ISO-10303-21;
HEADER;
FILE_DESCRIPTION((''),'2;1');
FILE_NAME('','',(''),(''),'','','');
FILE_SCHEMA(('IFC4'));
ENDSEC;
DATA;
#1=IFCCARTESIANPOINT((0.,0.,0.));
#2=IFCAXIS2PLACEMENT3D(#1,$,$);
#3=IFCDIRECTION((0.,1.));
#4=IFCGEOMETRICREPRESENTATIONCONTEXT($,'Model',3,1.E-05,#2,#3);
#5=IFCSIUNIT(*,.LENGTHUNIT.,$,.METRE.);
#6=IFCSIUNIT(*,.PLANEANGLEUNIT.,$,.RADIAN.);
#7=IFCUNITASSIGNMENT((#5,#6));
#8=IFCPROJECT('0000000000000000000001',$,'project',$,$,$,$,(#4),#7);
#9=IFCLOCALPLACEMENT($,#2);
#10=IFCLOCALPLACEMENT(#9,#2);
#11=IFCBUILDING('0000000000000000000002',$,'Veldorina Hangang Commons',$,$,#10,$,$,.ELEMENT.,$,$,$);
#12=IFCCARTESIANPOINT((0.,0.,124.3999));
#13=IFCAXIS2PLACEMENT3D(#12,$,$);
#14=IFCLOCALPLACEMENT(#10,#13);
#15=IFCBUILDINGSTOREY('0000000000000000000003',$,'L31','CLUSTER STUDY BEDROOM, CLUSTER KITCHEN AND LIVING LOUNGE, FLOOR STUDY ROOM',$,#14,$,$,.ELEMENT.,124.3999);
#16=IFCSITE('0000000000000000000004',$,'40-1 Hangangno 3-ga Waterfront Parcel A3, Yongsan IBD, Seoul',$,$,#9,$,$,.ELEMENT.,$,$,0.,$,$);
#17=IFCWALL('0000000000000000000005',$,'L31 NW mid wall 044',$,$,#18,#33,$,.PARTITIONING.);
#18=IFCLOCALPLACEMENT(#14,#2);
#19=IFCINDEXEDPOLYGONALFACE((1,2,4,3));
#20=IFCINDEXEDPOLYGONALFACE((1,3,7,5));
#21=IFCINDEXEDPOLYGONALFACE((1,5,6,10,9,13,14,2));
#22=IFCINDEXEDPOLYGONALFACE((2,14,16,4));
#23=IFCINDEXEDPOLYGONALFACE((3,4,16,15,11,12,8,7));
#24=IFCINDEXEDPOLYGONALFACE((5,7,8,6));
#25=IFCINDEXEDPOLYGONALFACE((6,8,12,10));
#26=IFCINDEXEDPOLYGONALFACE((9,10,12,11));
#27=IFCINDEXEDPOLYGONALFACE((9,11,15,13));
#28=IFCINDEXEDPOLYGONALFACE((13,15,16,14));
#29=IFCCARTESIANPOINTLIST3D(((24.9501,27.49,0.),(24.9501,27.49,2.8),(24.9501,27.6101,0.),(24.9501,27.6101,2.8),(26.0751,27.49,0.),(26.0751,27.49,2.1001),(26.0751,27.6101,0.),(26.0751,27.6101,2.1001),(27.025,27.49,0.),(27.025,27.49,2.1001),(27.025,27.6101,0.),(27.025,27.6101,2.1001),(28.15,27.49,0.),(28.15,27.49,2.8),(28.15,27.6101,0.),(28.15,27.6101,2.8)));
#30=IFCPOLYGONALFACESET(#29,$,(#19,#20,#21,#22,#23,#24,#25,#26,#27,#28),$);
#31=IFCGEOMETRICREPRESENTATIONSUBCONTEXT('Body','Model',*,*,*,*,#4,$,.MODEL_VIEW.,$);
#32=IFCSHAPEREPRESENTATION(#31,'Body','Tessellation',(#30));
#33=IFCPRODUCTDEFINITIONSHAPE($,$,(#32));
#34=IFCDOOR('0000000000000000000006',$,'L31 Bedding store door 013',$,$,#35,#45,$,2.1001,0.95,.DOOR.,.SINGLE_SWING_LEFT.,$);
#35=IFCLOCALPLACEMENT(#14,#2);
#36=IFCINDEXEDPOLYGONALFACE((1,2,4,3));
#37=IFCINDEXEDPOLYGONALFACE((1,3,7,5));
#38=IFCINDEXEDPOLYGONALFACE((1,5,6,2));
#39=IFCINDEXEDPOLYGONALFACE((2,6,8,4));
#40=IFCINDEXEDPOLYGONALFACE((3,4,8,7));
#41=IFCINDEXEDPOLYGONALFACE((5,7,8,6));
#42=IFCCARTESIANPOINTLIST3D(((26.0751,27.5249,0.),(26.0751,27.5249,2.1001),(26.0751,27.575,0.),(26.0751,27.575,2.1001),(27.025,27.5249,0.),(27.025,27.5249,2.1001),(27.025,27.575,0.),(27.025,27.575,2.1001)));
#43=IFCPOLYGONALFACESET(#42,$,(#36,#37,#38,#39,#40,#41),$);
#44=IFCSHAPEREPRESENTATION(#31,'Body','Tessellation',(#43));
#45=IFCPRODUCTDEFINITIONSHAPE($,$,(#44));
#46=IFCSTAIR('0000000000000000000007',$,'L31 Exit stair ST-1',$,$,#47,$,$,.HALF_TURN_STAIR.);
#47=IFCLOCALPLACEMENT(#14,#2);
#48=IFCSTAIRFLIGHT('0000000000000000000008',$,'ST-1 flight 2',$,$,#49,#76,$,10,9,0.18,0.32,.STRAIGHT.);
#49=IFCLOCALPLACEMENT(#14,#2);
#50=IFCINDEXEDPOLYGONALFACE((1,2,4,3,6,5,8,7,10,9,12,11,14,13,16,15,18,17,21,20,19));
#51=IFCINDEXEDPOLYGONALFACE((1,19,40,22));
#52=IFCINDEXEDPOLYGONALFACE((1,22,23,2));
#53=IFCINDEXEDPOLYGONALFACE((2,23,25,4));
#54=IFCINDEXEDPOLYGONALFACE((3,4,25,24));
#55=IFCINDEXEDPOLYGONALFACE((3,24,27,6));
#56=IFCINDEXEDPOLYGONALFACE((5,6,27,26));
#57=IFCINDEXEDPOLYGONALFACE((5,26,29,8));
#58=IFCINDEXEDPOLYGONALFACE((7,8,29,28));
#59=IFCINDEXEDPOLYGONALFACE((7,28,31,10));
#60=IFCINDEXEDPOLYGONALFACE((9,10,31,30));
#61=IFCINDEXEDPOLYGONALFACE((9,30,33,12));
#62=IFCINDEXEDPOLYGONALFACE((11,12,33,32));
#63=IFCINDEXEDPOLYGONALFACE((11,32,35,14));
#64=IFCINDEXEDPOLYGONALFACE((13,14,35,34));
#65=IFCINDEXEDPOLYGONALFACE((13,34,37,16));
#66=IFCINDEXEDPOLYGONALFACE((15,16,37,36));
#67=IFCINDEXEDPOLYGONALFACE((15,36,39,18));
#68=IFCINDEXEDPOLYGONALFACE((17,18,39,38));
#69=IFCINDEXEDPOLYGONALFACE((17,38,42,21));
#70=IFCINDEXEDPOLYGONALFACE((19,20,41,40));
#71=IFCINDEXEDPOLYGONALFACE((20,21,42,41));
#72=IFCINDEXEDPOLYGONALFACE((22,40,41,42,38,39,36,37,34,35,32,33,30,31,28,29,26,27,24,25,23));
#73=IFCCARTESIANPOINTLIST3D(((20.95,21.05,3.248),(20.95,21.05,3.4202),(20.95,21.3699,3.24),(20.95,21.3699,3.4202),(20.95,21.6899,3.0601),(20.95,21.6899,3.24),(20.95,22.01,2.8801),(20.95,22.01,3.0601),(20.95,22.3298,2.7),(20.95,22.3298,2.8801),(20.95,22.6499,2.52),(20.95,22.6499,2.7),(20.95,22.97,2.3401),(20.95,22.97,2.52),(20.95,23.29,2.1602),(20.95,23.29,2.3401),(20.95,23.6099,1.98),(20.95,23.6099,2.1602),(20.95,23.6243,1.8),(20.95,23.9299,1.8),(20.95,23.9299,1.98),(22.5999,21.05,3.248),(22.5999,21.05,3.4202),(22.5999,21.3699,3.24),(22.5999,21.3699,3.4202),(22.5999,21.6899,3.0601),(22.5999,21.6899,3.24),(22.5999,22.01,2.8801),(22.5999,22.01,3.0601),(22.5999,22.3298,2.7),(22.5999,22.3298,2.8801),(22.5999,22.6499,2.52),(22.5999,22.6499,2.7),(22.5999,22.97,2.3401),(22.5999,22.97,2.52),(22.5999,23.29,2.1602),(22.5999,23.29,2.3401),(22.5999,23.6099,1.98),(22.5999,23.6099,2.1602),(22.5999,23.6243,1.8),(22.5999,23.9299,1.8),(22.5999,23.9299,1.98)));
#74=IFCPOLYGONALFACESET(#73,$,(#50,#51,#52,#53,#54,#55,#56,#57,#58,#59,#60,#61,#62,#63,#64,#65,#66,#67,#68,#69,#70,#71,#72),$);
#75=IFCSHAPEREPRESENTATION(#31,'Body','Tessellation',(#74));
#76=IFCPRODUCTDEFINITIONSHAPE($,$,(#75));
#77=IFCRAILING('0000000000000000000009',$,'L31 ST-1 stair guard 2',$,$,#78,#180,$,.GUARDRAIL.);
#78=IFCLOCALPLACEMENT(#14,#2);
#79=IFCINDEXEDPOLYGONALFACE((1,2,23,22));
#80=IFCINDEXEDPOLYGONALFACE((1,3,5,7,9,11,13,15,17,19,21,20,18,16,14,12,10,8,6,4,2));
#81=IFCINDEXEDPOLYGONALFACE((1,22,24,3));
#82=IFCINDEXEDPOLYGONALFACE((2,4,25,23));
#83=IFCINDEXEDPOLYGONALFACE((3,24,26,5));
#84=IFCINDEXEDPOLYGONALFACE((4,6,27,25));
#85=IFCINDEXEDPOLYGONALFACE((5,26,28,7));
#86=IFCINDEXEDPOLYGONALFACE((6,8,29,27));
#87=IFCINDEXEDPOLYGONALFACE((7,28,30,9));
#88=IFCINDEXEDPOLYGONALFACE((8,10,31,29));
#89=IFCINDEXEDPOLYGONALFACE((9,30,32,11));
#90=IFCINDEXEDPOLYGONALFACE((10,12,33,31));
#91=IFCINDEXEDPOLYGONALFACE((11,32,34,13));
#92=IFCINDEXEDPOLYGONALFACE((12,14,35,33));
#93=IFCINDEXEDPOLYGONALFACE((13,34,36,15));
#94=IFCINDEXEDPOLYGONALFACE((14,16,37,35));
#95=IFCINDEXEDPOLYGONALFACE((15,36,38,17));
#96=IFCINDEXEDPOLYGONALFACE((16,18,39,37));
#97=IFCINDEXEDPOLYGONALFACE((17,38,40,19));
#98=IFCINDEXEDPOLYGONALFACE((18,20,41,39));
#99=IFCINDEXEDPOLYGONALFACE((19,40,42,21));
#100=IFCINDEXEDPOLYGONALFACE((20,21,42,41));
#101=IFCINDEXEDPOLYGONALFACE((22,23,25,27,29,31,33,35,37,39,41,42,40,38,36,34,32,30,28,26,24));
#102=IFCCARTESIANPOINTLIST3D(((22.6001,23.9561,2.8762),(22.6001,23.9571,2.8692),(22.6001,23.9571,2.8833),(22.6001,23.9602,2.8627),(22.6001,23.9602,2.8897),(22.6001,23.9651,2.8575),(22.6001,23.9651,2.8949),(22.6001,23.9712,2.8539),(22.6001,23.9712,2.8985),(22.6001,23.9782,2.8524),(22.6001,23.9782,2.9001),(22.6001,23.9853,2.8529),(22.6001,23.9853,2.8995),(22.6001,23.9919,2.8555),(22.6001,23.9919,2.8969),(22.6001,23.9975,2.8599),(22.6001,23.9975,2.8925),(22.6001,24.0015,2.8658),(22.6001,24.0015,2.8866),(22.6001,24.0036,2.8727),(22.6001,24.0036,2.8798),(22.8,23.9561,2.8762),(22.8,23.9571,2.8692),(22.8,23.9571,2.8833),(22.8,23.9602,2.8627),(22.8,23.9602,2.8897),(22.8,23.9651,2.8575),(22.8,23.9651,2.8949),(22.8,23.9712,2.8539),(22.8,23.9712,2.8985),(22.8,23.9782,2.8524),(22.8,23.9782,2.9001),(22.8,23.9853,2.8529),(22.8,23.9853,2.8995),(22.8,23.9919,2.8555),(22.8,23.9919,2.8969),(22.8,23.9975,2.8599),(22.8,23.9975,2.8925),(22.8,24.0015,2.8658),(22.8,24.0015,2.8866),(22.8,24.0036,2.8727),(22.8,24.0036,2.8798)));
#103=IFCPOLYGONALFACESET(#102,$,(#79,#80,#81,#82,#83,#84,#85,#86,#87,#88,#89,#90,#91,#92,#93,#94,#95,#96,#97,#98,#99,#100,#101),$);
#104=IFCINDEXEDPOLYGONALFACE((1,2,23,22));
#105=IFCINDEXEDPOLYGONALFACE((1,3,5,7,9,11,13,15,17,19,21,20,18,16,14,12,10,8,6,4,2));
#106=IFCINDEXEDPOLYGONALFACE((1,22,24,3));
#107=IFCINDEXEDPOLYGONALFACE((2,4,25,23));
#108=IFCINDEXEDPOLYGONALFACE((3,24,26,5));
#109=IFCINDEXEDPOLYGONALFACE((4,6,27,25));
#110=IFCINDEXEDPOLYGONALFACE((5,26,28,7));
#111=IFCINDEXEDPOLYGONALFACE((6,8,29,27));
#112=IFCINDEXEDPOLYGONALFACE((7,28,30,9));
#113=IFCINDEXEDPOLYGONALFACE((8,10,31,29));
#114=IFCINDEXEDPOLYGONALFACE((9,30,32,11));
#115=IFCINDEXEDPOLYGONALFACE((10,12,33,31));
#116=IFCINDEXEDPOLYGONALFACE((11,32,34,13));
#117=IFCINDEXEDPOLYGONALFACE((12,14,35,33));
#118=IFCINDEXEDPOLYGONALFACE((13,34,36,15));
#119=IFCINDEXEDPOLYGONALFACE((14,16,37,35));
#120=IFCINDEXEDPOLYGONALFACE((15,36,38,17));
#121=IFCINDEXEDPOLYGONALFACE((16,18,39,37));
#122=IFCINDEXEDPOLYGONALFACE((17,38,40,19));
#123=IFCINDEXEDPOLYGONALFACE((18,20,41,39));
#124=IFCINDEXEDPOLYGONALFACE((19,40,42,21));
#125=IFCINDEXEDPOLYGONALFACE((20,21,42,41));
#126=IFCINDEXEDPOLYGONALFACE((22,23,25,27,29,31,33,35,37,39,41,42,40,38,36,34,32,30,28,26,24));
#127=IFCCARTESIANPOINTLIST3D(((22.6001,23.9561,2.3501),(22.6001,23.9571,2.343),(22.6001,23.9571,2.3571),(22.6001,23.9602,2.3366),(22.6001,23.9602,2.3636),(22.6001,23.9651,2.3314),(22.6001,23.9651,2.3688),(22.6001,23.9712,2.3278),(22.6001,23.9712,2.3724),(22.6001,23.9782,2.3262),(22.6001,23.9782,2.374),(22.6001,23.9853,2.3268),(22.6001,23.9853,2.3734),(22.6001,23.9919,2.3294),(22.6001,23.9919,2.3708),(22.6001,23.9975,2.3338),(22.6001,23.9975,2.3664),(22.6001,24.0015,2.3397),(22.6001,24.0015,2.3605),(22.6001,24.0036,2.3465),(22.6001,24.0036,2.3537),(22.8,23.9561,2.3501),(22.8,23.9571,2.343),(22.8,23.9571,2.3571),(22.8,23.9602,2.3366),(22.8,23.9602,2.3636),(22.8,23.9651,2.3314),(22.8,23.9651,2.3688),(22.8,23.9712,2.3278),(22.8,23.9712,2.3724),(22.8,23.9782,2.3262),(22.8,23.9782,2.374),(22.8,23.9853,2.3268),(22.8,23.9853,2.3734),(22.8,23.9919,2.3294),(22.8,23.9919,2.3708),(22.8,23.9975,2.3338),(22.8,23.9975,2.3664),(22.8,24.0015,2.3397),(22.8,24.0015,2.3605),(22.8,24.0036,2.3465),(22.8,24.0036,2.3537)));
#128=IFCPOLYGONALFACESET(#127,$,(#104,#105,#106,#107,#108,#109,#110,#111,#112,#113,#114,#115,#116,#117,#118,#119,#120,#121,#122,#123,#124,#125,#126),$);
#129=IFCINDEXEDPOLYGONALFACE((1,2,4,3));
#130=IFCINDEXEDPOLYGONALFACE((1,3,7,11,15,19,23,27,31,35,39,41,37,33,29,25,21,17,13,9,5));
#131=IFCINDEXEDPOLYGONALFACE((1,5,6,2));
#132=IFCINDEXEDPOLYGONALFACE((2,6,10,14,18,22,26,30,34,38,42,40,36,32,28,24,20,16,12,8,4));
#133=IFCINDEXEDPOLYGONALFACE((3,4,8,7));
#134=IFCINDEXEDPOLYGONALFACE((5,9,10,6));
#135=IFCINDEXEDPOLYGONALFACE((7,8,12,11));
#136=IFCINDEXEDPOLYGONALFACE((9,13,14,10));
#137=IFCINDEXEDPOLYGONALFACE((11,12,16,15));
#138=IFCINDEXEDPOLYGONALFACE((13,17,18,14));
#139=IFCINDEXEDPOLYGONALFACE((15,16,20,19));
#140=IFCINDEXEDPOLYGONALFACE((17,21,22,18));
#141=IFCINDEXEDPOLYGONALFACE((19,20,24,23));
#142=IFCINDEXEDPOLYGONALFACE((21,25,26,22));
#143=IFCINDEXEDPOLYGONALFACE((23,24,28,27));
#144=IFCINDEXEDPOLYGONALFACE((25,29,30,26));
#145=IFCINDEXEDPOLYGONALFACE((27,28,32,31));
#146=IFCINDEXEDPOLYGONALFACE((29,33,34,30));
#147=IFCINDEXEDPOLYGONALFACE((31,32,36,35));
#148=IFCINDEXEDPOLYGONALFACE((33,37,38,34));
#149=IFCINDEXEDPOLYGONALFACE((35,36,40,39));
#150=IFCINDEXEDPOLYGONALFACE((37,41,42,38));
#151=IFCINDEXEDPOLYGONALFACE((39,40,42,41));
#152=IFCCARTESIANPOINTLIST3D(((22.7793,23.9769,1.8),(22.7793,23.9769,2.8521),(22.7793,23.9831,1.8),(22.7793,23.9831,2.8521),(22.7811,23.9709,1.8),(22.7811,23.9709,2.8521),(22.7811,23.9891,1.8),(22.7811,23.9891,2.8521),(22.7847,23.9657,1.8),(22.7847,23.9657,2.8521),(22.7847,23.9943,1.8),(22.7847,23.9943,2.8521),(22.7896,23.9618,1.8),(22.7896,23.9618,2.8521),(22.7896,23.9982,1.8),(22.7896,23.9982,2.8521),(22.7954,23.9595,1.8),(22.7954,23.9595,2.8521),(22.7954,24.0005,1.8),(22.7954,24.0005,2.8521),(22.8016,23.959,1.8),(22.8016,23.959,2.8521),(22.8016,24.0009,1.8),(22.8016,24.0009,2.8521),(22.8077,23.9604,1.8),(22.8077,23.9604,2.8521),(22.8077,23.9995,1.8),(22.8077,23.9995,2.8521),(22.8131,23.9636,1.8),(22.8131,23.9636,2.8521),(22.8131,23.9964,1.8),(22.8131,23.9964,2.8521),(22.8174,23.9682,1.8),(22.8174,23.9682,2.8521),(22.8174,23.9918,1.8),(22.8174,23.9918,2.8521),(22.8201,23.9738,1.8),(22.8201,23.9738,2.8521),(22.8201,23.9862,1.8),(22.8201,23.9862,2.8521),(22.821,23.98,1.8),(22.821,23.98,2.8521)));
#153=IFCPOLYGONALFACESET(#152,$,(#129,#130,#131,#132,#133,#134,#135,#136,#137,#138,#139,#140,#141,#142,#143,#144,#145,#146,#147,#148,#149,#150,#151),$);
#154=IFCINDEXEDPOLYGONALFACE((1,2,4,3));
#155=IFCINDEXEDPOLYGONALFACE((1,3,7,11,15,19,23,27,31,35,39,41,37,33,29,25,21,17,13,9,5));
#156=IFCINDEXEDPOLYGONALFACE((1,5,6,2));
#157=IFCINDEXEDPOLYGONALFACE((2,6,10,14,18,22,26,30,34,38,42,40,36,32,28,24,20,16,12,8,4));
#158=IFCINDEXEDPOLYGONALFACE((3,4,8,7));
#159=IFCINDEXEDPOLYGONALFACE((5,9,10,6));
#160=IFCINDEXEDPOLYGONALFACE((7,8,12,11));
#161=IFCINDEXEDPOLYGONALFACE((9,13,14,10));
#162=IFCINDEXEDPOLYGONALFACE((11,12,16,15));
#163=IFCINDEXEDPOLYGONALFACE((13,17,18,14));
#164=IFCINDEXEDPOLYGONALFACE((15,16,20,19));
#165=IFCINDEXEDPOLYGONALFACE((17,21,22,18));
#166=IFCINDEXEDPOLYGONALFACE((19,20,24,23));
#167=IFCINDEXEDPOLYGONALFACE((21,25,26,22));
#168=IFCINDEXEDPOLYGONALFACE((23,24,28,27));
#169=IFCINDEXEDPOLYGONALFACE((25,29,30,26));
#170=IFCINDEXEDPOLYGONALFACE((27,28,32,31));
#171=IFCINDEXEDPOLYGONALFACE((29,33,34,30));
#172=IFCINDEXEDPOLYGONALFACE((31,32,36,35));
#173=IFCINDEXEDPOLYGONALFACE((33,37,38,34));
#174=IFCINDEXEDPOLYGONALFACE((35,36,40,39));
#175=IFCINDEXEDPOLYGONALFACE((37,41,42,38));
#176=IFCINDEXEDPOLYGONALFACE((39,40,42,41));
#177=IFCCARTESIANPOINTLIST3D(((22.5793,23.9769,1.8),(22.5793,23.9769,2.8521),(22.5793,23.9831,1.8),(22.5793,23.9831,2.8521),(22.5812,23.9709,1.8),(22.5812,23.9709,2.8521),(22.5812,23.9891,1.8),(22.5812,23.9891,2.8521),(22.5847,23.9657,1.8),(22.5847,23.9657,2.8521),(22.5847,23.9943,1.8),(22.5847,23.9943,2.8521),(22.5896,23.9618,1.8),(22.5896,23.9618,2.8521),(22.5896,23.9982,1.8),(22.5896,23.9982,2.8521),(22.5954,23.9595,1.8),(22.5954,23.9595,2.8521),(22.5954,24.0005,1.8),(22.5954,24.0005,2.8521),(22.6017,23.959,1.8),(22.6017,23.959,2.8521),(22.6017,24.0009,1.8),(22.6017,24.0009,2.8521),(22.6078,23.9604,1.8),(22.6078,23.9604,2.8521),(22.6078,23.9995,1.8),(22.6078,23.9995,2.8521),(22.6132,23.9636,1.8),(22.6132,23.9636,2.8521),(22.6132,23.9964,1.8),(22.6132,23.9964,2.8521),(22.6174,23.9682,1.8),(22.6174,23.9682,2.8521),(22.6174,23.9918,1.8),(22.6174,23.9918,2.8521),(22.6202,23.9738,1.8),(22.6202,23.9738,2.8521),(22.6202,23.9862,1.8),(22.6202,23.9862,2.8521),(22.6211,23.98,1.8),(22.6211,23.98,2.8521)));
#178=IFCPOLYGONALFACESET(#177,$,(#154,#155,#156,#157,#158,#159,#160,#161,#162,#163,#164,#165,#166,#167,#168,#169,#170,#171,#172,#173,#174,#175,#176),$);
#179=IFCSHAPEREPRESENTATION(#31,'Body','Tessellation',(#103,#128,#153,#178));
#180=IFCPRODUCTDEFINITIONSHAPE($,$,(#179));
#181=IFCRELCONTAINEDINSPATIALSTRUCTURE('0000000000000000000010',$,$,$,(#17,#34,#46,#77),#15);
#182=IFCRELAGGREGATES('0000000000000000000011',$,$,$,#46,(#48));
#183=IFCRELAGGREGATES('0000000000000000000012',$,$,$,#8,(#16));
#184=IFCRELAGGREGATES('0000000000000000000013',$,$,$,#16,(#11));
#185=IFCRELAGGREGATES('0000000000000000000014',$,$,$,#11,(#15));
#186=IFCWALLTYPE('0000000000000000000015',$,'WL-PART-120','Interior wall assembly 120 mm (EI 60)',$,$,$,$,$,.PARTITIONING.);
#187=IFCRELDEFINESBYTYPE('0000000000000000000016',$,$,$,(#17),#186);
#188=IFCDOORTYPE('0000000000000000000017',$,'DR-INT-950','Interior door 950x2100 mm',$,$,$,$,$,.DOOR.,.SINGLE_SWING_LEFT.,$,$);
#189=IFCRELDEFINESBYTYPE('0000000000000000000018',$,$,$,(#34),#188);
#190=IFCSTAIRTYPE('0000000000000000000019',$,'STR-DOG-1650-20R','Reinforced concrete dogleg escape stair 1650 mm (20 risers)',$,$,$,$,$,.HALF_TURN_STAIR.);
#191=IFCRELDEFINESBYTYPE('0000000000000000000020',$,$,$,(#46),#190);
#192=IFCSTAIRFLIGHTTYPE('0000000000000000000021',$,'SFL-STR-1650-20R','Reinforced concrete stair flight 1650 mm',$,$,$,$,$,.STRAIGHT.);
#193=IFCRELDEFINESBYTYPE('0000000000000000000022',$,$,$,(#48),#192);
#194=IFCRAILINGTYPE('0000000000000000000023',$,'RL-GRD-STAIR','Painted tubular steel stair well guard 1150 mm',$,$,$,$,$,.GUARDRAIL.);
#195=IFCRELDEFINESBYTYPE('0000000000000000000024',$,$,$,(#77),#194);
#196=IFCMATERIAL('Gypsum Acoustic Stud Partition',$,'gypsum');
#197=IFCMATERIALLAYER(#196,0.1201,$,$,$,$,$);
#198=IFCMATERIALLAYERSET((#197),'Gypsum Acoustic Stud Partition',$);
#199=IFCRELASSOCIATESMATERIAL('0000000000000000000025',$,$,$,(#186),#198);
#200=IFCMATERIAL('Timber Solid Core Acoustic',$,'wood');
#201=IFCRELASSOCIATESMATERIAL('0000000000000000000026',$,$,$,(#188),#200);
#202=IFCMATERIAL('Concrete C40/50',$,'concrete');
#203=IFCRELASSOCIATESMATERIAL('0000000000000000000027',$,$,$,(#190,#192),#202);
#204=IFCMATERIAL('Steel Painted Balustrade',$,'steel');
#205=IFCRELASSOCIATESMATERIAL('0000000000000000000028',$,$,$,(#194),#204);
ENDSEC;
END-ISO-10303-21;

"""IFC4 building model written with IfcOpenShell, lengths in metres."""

from ifc_helpers import new_model, si_unit, direction, frame, frame_2d, origin, origin_2d, place, context, subcontext, project, spatial, polyline, rectangle, circle, outline, extrude, material, layer, layer_set, type_object, element, fill, aggregate, save


model = new_model("IFC4")

# Units and contexts
model_context = context("Model", 3, precision=1e-05, world=origin(), true_north=direction((0.0, 1.0)))
body_context = subcontext(model_context, "Body", "Model", "MODEL_VIEW")
ifc_project = project(units=[si_unit("LENGTHUNIT", "METRE"), si_unit("PLANEANGLEUNIT", "RADIAN")], contexts=[model_context])

# Site, building, storey
site_placement = place(None, origin())
site = spatial("IfcSite", under=ifc_project, at=site_placement, Name="40-1 Hangangno 3-ga Waterfront Parcel A3, Yongsan IBD, Seoul", CompositionType="ELEMENT", RefElevation=0.0)
building_placement = place(site_placement, origin())
building = spatial("IfcBuilding", under=site, at=building_placement, Name="Veldorina Hangang Commons", CompositionType="ELEMENT")
storey_placement = place(building_placement, frame((0.0, 0.0, 124.3999)))
storey = spatial("IfcBuildingStorey", under=building, at=storey_placement, Name="L31", Description="CLUSTER STUDY BEDROOM, CLUSTER KITCHEN AND LIVING LOUNGE, FLOOR STUDY ROOM", CompositionType="ELEMENT", Elevation=124.3999)

# Shared definitions
ifc_material_1 = material(Name="Gypsum Acoustic Stud Partition", Category="gypsum")
ifc_layer_1 = layer(ifc_material_1, 0.1201)
ifc_layer_set_1 = layer_set([ifc_layer_1], Name="Gypsum Acoustic Stud Partition")
wall_type_1 = type_object("IfcWallType", Name="WL-PART-120", Description="Interior wall assembly 120 mm (EI 60)", PredefinedType="PARTITIONING", material=ifc_layer_set_1)

# Wall, opening, door
ifc_material_2 = material(Name="Timber Solid Core Acoustic", Category="wood")
door_type_1 = type_object("IfcDoorType", Name="DR-INT-950", Description="Interior door 950x2100 mm", OperationType="SINGLE_SWING_LEFT", PredefinedType="DOOR", material=ifc_material_2)
wall_1_placement = place(storey_placement, frame((24.95, 27.55, 0.0), z_axis=(0.0, 0.0, 1.0), x_axis=(1.0, 0.0, 0.0)))
wall_1 = element("IfcWall", 1, at=wall_1_placement, inside=storey, type_object=wall_type_1, Name="L31 NW mid wall 044", PredefinedType="PARTITIONING", context=body_context, shape_type="SweptSolid", body=[
    extrude(rectangle(XDim=3.2, YDim=0.1201, at=frame_2d((1.6001, 0.0))), origin(), (0.0, 0.0, 1.0), 2.8),
])
opening_1_placement = place(wall_1_placement, frame((1.125, 0.0, 0.0)))
opening_1 = element("IfcOpeningElement", 2, at=opening_1_placement, cuts=wall_1, PredefinedType="OPENING", context=body_context, shape_type="SweptSolid", body=[
    extrude(rectangle(XDim=0.95, YDim=2.1001, at=frame_2d((0.4751, 1.05))), frame((0.0, 0.0701, 0.0), z_axis=(0.0, -1.0, 0.0), x_axis=(1.0, 0.0, 0.0)), (0.0, 0.0, 1.0), 0.1401),
])
door_1_placement = place(opening_1_placement, origin())
door_1 = element("IfcDoor", 3, at=door_1_placement, inside=storey, type_object=door_type_1, Name="L31 Bedding store door 013", OperationType="SINGLE_SWING_LEFT", OverallHeight=2.1001, OverallWidth=0.95, PredefinedType="DOOR", context=body_context, shape_type="SweptSolid", body=[
    extrude(rectangle(XDim=0.95, YDim=2.1001, at=frame_2d((0.4751, 1.05))), frame((0.0, 0.0249, 0.0), z_axis=(0.0, -1.0, 0.0), x_axis=(1.0, 0.0, 0.0)), (0.0, 0.0, 1.0), 0.05),
])
fill(opening_1, door_1)

# Stair, stair flight
ifc_material_3 = material(Name="Concrete C40/50", Category="concrete")
stair_type = type_object("IfcStairType", Name="STR-DOG-1650-20R", Description="Reinforced concrete dogleg escape stair 1650 mm (20 risers)", PredefinedType="HALF_TURN_STAIR", material=ifc_material_3)
stair_placement = place(storey_placement, origin())
stair = element("IfcStair", 4, at=stair_placement, inside=storey, type_object=stair_type, Name="L31 Exit stair ST-1", PredefinedType="HALF_TURN_STAIR")
stair_flight_type = type_object("IfcStairFlightType", Name="SFL-STR-1650-20R", Description="Reinforced concrete stair flight 1650 mm", PredefinedType="STRAIGHT", material=ifc_material_3)
stair_flight_placement = place(storey_placement, frame((21.7749, 23.9299, 1.8), z_axis=(0.0, 0.0, 1.0), x_axis=(0.0, -1.0, 0.0)))
stair_flight = element("IfcStairFlight", 5, at=stair_flight_placement, type_object=stair_flight_type, Name="ST-1 flight 2", NumberOfRisers=10, NumberOfTreads=9, PredefinedType="STRAIGHT", RiserHeight=0.18, TreadLength=0.32, context=body_context, shape_type="SweptSolid", body=[
    extrude(outline(polyline([(0.0, 0.0), (0.0, 0.1799), (0.3201, 0.1799), (0.3201, 0.3601), (0.6399, 0.3601), (0.6399, 0.54), (0.96, 0.54), (0.96, 0.72), (1.28, 0.72), (1.28, 0.8999), (1.6001, 0.8999), (1.6001, 1.0801), (1.9199, 1.0801), (1.9199, 1.26), (2.24, 1.26), (2.24, 1.4399), (2.5601, 1.4399), (2.5601, 1.6201), (2.8799, 1.6201), (2.8799, 1.8), (2.8799, 1.448), (0.3057, 0.0), (0.0, 0.0)])), frame((0.0, 0.825, 0.0), z_axis=(0.0, -1.0, 0.0), x_axis=(1.0, 0.0, 0.0)), (0.0, 0.0, 1.0), 1.6499),
])
aggregate(stair, [stair_flight])

# Railing
ifc_material_4 = material(Name="Steel Painted Balustrade", Category="steel")
railing_type_1 = type_object("IfcRailingType", Name="RL-GRD-STAIR", Description="Painted tubular steel stair well guard 1150 mm", PredefinedType="GUARDRAIL", material=ifc_material_4)
railing_1_placement = place(storey_placement, frame((22.8, 23.98, 1.8)))
element("IfcRailing", 6, at=railing_1_placement, inside=storey, type_object=railing_type_1, Name="L31 ST-1 stair guard 2", PredefinedType="GUARDRAIL", context=body_context, shape_type="SweptSolid", body=[
    extrude(circle(Radius=0.0239, at=origin_2d()), frame((0.0, 0.0, 1.0762), z_axis=(-1.0, 0.0, 0.0), x_axis=(0.0, -1.0, 0.0)), (0.0, 0.0, 1.0), 0.2),
    extrude(circle(Radius=0.0239, at=origin_2d()), frame((0.0, 0.0, 0.55), z_axis=(-1.0, 0.0, 0.0), x_axis=(0.0, -1.0, 0.0)), (0.0, 0.0, 1.0), 0.2),
    extrude(circle(Radius=0.021, at=origin_2d()), origin(), (0.0, 0.0, 1.0), 1.052),
    extrude(circle(Radius=0.021, at=origin_2d()), frame((-0.2, 0.0, 0.0)), (0.0, 0.0, 1.0), 1.052),
])

save(model, "model.ifc")
